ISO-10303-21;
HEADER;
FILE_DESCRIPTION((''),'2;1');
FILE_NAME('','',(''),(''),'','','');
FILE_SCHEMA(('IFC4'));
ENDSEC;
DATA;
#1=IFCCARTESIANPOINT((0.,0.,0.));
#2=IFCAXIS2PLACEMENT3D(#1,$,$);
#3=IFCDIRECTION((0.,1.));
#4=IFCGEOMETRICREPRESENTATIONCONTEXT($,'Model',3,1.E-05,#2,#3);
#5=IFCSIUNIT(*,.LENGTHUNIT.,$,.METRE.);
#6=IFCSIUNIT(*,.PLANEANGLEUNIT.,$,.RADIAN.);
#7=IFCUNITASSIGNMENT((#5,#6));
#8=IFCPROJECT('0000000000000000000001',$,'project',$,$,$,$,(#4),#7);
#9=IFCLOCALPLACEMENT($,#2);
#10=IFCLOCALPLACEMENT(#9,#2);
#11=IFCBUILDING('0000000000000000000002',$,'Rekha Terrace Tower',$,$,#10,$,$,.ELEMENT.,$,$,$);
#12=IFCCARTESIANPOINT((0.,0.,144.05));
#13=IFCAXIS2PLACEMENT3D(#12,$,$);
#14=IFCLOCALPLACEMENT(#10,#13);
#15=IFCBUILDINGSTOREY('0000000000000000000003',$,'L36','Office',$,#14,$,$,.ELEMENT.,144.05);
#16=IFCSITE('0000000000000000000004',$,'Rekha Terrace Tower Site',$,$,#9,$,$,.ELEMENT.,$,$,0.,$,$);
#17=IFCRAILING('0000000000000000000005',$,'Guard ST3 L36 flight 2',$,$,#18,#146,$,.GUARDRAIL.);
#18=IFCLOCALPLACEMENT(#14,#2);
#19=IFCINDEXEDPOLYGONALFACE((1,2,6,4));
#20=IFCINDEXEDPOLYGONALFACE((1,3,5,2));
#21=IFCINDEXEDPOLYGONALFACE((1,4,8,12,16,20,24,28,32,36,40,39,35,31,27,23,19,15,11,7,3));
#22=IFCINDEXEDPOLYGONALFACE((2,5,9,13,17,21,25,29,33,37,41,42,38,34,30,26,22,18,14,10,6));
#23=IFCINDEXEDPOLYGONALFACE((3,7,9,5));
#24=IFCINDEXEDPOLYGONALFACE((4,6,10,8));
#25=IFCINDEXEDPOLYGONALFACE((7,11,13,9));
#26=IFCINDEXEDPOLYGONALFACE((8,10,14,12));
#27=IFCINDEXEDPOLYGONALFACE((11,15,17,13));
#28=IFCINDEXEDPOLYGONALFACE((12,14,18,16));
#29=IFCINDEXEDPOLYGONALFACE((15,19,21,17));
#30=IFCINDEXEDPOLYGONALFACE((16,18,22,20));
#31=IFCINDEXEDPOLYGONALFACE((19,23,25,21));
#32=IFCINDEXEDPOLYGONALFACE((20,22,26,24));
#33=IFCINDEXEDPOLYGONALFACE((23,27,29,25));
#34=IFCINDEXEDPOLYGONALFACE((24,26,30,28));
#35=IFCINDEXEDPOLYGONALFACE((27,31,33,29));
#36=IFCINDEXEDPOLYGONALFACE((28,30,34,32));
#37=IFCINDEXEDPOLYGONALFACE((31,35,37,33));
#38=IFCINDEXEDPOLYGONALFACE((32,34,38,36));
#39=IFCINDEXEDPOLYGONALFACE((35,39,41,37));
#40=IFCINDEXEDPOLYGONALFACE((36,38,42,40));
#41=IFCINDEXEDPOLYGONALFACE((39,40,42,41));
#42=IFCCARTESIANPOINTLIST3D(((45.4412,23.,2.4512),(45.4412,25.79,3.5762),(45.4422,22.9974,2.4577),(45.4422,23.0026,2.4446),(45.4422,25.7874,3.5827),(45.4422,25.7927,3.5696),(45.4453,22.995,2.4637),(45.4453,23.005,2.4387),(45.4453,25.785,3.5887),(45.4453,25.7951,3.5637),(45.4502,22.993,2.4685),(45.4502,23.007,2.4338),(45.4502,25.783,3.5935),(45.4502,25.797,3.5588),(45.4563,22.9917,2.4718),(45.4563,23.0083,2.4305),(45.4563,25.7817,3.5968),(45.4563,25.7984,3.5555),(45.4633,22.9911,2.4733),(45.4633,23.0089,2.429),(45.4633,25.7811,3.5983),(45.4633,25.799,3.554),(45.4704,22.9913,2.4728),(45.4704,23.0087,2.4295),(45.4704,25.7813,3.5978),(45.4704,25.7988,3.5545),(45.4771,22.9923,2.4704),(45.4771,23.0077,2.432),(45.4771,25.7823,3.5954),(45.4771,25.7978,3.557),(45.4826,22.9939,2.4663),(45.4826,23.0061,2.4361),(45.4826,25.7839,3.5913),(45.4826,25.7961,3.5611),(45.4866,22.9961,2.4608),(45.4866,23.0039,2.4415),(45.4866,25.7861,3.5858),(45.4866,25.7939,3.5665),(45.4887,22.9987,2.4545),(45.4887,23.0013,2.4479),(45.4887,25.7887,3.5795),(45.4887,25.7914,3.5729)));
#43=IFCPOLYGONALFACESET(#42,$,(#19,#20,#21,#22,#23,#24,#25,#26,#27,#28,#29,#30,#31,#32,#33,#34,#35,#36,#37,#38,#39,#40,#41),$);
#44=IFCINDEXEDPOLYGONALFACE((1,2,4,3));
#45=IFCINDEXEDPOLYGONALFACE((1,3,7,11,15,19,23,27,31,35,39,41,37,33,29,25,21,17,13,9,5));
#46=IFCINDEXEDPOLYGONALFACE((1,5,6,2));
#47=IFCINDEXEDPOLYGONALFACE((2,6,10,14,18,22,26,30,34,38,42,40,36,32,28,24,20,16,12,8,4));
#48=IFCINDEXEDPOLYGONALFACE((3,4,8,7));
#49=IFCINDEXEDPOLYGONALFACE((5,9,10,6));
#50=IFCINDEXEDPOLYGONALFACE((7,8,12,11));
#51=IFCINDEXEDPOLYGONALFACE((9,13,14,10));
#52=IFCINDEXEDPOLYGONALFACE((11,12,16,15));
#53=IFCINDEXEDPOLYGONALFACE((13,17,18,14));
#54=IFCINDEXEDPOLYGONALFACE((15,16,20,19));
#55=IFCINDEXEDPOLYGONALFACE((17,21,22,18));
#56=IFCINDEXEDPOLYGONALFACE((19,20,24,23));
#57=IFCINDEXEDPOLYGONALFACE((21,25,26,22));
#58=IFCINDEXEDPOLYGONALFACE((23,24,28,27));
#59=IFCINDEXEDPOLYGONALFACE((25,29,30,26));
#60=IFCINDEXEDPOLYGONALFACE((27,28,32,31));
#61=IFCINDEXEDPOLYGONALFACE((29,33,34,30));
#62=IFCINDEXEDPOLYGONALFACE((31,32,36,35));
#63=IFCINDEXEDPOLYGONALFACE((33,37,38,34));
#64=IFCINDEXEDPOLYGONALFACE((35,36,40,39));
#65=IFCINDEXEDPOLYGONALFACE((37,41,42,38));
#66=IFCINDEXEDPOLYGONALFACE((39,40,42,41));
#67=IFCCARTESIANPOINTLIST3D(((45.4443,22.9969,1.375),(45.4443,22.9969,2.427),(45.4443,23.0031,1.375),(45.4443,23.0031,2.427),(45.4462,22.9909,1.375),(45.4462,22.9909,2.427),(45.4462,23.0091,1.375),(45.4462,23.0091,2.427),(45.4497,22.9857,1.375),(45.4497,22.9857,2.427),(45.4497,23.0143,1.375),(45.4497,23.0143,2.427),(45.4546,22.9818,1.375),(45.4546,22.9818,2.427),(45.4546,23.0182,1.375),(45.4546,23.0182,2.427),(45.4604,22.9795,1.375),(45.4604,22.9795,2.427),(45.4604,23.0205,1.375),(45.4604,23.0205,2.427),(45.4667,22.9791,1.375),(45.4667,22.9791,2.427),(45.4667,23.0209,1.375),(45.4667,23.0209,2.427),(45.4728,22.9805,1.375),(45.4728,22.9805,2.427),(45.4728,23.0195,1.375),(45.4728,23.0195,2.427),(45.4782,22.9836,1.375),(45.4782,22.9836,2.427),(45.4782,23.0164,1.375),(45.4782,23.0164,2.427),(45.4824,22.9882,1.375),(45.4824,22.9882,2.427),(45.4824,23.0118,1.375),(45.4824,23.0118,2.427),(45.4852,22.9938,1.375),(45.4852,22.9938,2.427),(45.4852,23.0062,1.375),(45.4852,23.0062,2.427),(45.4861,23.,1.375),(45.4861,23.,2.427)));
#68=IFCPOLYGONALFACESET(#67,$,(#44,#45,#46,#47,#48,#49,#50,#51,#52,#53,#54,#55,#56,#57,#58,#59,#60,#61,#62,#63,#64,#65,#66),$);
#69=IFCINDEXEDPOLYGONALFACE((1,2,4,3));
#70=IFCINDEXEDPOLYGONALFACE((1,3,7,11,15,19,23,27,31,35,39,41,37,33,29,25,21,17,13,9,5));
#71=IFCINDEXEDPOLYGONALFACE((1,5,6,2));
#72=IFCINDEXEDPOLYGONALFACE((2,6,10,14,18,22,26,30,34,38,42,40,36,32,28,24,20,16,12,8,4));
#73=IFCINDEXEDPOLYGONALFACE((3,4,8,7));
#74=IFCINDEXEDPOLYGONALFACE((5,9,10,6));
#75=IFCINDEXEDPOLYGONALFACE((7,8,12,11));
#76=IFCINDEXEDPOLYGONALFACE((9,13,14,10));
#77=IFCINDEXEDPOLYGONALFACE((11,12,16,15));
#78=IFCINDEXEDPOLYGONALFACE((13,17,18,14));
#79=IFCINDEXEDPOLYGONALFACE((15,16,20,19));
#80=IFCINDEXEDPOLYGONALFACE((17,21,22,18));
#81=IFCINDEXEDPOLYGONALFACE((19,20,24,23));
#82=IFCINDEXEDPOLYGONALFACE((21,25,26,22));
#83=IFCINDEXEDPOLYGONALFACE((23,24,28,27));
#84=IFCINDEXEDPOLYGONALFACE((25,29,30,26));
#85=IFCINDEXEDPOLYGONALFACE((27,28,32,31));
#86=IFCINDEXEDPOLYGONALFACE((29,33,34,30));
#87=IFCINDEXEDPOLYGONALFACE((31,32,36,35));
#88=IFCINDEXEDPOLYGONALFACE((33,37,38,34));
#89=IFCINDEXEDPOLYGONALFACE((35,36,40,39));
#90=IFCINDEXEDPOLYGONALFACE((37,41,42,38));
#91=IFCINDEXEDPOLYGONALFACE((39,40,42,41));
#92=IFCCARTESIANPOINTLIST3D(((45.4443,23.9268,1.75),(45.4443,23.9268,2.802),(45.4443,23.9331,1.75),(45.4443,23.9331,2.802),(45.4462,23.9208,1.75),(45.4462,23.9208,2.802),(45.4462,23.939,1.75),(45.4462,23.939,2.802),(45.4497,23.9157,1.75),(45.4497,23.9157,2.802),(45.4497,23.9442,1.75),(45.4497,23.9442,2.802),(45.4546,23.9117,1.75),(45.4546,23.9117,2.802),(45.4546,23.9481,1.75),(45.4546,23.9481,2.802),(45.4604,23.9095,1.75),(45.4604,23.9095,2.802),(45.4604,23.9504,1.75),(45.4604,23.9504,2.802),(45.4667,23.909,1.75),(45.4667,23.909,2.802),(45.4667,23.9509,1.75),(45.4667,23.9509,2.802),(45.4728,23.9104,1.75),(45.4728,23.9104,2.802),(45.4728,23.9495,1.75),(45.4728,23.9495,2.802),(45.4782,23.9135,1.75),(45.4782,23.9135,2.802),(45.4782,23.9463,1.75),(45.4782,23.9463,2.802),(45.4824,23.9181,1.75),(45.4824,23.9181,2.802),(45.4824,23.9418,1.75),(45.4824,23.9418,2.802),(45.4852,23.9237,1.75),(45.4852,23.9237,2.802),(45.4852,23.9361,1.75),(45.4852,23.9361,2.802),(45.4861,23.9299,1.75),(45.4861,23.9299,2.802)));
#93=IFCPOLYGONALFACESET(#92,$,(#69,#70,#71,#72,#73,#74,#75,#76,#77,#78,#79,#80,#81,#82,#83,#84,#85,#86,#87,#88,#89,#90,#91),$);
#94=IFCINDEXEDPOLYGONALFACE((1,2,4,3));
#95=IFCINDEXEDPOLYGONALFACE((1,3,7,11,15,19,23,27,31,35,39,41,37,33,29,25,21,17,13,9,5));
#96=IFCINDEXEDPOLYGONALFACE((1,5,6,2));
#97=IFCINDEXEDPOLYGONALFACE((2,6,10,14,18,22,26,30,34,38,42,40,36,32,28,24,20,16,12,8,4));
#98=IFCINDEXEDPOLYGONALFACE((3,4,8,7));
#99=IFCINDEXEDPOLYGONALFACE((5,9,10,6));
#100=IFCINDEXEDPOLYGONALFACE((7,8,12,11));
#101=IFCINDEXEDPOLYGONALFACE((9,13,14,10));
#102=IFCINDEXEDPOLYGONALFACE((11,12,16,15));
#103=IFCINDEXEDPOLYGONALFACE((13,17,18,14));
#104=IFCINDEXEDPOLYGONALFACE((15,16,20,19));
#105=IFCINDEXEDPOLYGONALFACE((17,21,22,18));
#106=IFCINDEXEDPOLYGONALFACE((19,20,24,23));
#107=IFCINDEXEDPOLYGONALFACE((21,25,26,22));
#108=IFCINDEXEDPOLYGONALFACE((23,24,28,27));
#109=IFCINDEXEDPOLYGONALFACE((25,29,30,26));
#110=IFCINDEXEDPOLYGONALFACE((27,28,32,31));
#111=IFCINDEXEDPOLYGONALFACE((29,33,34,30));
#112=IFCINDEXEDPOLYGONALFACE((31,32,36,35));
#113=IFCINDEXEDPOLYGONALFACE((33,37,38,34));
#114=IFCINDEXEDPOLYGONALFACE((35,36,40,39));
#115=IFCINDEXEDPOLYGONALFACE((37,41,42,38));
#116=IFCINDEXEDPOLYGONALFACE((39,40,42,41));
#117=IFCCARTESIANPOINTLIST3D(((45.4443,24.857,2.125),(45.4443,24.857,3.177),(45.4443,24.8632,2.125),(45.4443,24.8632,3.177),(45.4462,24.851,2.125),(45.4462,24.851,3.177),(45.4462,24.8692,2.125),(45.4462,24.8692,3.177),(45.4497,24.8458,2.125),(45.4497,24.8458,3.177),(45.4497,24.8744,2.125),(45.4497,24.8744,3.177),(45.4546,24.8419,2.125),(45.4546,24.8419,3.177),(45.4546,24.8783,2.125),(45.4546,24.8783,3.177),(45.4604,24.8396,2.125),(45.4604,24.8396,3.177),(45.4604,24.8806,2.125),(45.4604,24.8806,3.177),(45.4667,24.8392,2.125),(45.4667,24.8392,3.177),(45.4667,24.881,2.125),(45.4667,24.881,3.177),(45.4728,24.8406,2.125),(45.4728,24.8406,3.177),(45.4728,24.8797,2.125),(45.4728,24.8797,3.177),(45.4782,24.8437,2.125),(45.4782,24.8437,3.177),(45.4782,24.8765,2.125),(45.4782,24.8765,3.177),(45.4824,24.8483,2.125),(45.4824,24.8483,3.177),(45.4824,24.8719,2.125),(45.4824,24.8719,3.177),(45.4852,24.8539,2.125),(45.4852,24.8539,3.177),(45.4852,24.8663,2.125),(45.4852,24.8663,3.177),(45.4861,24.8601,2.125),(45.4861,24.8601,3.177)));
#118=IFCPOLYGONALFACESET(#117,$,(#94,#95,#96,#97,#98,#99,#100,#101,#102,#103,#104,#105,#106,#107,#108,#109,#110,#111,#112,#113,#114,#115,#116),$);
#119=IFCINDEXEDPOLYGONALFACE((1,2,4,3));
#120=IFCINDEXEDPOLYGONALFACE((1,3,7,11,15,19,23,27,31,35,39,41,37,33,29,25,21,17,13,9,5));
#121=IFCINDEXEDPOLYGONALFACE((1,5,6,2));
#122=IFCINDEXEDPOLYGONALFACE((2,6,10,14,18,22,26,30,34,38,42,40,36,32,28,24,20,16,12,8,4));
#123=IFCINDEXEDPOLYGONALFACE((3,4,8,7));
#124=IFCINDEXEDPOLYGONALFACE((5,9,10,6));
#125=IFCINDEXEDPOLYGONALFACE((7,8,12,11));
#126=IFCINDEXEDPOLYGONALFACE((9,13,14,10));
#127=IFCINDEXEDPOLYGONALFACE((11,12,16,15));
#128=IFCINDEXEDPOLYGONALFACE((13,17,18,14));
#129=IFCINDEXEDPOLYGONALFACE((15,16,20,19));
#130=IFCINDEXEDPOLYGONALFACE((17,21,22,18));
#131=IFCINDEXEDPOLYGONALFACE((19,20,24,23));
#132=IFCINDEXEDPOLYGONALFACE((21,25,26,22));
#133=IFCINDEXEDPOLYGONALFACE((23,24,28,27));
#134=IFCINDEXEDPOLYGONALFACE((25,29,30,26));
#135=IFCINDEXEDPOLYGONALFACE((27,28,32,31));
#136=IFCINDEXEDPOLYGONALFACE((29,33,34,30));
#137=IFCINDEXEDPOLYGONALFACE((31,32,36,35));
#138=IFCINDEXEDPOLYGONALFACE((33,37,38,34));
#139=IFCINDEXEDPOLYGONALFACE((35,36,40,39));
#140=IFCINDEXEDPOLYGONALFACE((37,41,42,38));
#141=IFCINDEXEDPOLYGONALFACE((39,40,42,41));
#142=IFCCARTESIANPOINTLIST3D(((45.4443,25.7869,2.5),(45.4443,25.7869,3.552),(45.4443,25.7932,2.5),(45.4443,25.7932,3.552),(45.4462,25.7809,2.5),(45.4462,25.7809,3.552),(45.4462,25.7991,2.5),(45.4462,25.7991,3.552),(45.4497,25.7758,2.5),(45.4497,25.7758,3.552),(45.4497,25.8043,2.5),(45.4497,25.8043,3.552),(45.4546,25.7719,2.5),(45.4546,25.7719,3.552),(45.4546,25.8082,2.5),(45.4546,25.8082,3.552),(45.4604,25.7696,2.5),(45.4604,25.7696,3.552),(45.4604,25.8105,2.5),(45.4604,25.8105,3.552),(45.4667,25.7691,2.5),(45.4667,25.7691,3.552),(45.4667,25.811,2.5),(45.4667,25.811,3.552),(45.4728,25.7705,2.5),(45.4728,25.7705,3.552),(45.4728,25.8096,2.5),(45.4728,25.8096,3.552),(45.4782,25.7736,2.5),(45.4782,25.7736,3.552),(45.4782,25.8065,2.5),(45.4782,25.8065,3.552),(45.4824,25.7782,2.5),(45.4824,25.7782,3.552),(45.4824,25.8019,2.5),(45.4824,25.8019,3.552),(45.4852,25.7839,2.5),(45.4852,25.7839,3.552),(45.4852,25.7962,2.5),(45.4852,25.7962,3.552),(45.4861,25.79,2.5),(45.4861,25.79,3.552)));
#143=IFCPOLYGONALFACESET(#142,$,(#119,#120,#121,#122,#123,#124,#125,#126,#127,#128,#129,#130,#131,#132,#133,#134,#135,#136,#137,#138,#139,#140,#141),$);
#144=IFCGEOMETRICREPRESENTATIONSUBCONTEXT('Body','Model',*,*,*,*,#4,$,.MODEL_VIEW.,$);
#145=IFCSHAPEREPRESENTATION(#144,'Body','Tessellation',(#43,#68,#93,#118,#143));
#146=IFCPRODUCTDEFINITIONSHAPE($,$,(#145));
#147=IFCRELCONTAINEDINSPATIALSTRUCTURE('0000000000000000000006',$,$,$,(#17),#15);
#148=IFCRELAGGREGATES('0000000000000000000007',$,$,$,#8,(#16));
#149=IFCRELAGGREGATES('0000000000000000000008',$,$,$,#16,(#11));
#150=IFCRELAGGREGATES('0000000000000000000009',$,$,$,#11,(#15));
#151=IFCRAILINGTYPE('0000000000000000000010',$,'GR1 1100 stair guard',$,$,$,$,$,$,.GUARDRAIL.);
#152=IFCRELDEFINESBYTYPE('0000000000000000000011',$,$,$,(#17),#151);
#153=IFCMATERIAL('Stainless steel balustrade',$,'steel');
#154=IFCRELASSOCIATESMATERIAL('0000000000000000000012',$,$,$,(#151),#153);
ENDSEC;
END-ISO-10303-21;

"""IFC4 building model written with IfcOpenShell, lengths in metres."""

from ifc_helpers import new_model, si_unit, direction, frame, origin, origin_2d, place, context, subcontext, project, spatial, circle, extrude, material, type_object, element, save


model = new_model("IFC4")

# Units and contexts
model_context = context("Model", 3, precision=1e-05, world=origin(), true_north=direction((0.0, 1.0)))
body_context = subcontext(model_context, "Body", "Model", "MODEL_VIEW")
ifc_project = project(units=[si_unit("LENGTHUNIT", "METRE"), si_unit("PLANEANGLEUNIT", "RADIAN")], contexts=[model_context])

# Site, building, storey
site_placement = place(None, origin())
site = spatial("IfcSite", under=ifc_project, at=site_placement, Name="Rekha Terrace Tower Site", CompositionType="ELEMENT", RefElevation=0.0)
building_placement = place(site_placement, origin())
building = spatial("IfcBuilding", under=site, at=building_placement, Name="Rekha Terrace Tower", CompositionType="ELEMENT")
storey_placement = place(building_placement, frame((0.0, 0.0, 144.05)))
storey = spatial("IfcBuildingStorey", under=building, at=storey_placement, Name="L36", Description="Office", CompositionType="ELEMENT", Elevation=144.05)

# Railing
ifc_material_1 = material(Name="Stainless steel balustrade", Category="steel")
railing_type_1 = type_object("IfcRailingType", Name="GR1 1100 stair guard", PredefinedType="GUARDRAIL", material=ifc_material_1)
railing_1_placement = place(storey_placement, frame((45.4651, 23.0, 1.375)))
element("IfcRailing", 1, at=railing_1_placement, inside=storey, type_object=railing_type_1, Name="Guard ST3 L36 flight 2", PredefinedType="GUARDRAIL", context=body_context, shape_type="SweptSolid", body=[
    extrude(circle(Radius=0.0239, at=origin_2d()), frame((0.0, 0.0, 1.0762), z_axis=(0.0, 0.927443, 0.373964), x_axis=(-1.0, 0.0, 0.0)), (0.0, 0.0, 1.0), 3.0083),
    extrude(circle(Radius=0.021, at=origin_2d()), origin(), (0.0, 0.0, 1.0), 1.052),
    extrude(circle(Radius=0.021, at=origin_2d()), frame((0.0, 0.9299, 0.375)), (0.0, 0.0, 1.0), 1.052),
    extrude(circle(Radius=0.021, at=origin_2d()), frame((0.0, 1.8601, 0.75)), (0.0, 0.0, 1.0), 1.052),
    extrude(circle(Radius=0.021, at=origin_2d()), frame((0.0, 2.79, 1.125)), (0.0, 0.0, 1.0), 1.052),
])

save(model, "model.ifc")
